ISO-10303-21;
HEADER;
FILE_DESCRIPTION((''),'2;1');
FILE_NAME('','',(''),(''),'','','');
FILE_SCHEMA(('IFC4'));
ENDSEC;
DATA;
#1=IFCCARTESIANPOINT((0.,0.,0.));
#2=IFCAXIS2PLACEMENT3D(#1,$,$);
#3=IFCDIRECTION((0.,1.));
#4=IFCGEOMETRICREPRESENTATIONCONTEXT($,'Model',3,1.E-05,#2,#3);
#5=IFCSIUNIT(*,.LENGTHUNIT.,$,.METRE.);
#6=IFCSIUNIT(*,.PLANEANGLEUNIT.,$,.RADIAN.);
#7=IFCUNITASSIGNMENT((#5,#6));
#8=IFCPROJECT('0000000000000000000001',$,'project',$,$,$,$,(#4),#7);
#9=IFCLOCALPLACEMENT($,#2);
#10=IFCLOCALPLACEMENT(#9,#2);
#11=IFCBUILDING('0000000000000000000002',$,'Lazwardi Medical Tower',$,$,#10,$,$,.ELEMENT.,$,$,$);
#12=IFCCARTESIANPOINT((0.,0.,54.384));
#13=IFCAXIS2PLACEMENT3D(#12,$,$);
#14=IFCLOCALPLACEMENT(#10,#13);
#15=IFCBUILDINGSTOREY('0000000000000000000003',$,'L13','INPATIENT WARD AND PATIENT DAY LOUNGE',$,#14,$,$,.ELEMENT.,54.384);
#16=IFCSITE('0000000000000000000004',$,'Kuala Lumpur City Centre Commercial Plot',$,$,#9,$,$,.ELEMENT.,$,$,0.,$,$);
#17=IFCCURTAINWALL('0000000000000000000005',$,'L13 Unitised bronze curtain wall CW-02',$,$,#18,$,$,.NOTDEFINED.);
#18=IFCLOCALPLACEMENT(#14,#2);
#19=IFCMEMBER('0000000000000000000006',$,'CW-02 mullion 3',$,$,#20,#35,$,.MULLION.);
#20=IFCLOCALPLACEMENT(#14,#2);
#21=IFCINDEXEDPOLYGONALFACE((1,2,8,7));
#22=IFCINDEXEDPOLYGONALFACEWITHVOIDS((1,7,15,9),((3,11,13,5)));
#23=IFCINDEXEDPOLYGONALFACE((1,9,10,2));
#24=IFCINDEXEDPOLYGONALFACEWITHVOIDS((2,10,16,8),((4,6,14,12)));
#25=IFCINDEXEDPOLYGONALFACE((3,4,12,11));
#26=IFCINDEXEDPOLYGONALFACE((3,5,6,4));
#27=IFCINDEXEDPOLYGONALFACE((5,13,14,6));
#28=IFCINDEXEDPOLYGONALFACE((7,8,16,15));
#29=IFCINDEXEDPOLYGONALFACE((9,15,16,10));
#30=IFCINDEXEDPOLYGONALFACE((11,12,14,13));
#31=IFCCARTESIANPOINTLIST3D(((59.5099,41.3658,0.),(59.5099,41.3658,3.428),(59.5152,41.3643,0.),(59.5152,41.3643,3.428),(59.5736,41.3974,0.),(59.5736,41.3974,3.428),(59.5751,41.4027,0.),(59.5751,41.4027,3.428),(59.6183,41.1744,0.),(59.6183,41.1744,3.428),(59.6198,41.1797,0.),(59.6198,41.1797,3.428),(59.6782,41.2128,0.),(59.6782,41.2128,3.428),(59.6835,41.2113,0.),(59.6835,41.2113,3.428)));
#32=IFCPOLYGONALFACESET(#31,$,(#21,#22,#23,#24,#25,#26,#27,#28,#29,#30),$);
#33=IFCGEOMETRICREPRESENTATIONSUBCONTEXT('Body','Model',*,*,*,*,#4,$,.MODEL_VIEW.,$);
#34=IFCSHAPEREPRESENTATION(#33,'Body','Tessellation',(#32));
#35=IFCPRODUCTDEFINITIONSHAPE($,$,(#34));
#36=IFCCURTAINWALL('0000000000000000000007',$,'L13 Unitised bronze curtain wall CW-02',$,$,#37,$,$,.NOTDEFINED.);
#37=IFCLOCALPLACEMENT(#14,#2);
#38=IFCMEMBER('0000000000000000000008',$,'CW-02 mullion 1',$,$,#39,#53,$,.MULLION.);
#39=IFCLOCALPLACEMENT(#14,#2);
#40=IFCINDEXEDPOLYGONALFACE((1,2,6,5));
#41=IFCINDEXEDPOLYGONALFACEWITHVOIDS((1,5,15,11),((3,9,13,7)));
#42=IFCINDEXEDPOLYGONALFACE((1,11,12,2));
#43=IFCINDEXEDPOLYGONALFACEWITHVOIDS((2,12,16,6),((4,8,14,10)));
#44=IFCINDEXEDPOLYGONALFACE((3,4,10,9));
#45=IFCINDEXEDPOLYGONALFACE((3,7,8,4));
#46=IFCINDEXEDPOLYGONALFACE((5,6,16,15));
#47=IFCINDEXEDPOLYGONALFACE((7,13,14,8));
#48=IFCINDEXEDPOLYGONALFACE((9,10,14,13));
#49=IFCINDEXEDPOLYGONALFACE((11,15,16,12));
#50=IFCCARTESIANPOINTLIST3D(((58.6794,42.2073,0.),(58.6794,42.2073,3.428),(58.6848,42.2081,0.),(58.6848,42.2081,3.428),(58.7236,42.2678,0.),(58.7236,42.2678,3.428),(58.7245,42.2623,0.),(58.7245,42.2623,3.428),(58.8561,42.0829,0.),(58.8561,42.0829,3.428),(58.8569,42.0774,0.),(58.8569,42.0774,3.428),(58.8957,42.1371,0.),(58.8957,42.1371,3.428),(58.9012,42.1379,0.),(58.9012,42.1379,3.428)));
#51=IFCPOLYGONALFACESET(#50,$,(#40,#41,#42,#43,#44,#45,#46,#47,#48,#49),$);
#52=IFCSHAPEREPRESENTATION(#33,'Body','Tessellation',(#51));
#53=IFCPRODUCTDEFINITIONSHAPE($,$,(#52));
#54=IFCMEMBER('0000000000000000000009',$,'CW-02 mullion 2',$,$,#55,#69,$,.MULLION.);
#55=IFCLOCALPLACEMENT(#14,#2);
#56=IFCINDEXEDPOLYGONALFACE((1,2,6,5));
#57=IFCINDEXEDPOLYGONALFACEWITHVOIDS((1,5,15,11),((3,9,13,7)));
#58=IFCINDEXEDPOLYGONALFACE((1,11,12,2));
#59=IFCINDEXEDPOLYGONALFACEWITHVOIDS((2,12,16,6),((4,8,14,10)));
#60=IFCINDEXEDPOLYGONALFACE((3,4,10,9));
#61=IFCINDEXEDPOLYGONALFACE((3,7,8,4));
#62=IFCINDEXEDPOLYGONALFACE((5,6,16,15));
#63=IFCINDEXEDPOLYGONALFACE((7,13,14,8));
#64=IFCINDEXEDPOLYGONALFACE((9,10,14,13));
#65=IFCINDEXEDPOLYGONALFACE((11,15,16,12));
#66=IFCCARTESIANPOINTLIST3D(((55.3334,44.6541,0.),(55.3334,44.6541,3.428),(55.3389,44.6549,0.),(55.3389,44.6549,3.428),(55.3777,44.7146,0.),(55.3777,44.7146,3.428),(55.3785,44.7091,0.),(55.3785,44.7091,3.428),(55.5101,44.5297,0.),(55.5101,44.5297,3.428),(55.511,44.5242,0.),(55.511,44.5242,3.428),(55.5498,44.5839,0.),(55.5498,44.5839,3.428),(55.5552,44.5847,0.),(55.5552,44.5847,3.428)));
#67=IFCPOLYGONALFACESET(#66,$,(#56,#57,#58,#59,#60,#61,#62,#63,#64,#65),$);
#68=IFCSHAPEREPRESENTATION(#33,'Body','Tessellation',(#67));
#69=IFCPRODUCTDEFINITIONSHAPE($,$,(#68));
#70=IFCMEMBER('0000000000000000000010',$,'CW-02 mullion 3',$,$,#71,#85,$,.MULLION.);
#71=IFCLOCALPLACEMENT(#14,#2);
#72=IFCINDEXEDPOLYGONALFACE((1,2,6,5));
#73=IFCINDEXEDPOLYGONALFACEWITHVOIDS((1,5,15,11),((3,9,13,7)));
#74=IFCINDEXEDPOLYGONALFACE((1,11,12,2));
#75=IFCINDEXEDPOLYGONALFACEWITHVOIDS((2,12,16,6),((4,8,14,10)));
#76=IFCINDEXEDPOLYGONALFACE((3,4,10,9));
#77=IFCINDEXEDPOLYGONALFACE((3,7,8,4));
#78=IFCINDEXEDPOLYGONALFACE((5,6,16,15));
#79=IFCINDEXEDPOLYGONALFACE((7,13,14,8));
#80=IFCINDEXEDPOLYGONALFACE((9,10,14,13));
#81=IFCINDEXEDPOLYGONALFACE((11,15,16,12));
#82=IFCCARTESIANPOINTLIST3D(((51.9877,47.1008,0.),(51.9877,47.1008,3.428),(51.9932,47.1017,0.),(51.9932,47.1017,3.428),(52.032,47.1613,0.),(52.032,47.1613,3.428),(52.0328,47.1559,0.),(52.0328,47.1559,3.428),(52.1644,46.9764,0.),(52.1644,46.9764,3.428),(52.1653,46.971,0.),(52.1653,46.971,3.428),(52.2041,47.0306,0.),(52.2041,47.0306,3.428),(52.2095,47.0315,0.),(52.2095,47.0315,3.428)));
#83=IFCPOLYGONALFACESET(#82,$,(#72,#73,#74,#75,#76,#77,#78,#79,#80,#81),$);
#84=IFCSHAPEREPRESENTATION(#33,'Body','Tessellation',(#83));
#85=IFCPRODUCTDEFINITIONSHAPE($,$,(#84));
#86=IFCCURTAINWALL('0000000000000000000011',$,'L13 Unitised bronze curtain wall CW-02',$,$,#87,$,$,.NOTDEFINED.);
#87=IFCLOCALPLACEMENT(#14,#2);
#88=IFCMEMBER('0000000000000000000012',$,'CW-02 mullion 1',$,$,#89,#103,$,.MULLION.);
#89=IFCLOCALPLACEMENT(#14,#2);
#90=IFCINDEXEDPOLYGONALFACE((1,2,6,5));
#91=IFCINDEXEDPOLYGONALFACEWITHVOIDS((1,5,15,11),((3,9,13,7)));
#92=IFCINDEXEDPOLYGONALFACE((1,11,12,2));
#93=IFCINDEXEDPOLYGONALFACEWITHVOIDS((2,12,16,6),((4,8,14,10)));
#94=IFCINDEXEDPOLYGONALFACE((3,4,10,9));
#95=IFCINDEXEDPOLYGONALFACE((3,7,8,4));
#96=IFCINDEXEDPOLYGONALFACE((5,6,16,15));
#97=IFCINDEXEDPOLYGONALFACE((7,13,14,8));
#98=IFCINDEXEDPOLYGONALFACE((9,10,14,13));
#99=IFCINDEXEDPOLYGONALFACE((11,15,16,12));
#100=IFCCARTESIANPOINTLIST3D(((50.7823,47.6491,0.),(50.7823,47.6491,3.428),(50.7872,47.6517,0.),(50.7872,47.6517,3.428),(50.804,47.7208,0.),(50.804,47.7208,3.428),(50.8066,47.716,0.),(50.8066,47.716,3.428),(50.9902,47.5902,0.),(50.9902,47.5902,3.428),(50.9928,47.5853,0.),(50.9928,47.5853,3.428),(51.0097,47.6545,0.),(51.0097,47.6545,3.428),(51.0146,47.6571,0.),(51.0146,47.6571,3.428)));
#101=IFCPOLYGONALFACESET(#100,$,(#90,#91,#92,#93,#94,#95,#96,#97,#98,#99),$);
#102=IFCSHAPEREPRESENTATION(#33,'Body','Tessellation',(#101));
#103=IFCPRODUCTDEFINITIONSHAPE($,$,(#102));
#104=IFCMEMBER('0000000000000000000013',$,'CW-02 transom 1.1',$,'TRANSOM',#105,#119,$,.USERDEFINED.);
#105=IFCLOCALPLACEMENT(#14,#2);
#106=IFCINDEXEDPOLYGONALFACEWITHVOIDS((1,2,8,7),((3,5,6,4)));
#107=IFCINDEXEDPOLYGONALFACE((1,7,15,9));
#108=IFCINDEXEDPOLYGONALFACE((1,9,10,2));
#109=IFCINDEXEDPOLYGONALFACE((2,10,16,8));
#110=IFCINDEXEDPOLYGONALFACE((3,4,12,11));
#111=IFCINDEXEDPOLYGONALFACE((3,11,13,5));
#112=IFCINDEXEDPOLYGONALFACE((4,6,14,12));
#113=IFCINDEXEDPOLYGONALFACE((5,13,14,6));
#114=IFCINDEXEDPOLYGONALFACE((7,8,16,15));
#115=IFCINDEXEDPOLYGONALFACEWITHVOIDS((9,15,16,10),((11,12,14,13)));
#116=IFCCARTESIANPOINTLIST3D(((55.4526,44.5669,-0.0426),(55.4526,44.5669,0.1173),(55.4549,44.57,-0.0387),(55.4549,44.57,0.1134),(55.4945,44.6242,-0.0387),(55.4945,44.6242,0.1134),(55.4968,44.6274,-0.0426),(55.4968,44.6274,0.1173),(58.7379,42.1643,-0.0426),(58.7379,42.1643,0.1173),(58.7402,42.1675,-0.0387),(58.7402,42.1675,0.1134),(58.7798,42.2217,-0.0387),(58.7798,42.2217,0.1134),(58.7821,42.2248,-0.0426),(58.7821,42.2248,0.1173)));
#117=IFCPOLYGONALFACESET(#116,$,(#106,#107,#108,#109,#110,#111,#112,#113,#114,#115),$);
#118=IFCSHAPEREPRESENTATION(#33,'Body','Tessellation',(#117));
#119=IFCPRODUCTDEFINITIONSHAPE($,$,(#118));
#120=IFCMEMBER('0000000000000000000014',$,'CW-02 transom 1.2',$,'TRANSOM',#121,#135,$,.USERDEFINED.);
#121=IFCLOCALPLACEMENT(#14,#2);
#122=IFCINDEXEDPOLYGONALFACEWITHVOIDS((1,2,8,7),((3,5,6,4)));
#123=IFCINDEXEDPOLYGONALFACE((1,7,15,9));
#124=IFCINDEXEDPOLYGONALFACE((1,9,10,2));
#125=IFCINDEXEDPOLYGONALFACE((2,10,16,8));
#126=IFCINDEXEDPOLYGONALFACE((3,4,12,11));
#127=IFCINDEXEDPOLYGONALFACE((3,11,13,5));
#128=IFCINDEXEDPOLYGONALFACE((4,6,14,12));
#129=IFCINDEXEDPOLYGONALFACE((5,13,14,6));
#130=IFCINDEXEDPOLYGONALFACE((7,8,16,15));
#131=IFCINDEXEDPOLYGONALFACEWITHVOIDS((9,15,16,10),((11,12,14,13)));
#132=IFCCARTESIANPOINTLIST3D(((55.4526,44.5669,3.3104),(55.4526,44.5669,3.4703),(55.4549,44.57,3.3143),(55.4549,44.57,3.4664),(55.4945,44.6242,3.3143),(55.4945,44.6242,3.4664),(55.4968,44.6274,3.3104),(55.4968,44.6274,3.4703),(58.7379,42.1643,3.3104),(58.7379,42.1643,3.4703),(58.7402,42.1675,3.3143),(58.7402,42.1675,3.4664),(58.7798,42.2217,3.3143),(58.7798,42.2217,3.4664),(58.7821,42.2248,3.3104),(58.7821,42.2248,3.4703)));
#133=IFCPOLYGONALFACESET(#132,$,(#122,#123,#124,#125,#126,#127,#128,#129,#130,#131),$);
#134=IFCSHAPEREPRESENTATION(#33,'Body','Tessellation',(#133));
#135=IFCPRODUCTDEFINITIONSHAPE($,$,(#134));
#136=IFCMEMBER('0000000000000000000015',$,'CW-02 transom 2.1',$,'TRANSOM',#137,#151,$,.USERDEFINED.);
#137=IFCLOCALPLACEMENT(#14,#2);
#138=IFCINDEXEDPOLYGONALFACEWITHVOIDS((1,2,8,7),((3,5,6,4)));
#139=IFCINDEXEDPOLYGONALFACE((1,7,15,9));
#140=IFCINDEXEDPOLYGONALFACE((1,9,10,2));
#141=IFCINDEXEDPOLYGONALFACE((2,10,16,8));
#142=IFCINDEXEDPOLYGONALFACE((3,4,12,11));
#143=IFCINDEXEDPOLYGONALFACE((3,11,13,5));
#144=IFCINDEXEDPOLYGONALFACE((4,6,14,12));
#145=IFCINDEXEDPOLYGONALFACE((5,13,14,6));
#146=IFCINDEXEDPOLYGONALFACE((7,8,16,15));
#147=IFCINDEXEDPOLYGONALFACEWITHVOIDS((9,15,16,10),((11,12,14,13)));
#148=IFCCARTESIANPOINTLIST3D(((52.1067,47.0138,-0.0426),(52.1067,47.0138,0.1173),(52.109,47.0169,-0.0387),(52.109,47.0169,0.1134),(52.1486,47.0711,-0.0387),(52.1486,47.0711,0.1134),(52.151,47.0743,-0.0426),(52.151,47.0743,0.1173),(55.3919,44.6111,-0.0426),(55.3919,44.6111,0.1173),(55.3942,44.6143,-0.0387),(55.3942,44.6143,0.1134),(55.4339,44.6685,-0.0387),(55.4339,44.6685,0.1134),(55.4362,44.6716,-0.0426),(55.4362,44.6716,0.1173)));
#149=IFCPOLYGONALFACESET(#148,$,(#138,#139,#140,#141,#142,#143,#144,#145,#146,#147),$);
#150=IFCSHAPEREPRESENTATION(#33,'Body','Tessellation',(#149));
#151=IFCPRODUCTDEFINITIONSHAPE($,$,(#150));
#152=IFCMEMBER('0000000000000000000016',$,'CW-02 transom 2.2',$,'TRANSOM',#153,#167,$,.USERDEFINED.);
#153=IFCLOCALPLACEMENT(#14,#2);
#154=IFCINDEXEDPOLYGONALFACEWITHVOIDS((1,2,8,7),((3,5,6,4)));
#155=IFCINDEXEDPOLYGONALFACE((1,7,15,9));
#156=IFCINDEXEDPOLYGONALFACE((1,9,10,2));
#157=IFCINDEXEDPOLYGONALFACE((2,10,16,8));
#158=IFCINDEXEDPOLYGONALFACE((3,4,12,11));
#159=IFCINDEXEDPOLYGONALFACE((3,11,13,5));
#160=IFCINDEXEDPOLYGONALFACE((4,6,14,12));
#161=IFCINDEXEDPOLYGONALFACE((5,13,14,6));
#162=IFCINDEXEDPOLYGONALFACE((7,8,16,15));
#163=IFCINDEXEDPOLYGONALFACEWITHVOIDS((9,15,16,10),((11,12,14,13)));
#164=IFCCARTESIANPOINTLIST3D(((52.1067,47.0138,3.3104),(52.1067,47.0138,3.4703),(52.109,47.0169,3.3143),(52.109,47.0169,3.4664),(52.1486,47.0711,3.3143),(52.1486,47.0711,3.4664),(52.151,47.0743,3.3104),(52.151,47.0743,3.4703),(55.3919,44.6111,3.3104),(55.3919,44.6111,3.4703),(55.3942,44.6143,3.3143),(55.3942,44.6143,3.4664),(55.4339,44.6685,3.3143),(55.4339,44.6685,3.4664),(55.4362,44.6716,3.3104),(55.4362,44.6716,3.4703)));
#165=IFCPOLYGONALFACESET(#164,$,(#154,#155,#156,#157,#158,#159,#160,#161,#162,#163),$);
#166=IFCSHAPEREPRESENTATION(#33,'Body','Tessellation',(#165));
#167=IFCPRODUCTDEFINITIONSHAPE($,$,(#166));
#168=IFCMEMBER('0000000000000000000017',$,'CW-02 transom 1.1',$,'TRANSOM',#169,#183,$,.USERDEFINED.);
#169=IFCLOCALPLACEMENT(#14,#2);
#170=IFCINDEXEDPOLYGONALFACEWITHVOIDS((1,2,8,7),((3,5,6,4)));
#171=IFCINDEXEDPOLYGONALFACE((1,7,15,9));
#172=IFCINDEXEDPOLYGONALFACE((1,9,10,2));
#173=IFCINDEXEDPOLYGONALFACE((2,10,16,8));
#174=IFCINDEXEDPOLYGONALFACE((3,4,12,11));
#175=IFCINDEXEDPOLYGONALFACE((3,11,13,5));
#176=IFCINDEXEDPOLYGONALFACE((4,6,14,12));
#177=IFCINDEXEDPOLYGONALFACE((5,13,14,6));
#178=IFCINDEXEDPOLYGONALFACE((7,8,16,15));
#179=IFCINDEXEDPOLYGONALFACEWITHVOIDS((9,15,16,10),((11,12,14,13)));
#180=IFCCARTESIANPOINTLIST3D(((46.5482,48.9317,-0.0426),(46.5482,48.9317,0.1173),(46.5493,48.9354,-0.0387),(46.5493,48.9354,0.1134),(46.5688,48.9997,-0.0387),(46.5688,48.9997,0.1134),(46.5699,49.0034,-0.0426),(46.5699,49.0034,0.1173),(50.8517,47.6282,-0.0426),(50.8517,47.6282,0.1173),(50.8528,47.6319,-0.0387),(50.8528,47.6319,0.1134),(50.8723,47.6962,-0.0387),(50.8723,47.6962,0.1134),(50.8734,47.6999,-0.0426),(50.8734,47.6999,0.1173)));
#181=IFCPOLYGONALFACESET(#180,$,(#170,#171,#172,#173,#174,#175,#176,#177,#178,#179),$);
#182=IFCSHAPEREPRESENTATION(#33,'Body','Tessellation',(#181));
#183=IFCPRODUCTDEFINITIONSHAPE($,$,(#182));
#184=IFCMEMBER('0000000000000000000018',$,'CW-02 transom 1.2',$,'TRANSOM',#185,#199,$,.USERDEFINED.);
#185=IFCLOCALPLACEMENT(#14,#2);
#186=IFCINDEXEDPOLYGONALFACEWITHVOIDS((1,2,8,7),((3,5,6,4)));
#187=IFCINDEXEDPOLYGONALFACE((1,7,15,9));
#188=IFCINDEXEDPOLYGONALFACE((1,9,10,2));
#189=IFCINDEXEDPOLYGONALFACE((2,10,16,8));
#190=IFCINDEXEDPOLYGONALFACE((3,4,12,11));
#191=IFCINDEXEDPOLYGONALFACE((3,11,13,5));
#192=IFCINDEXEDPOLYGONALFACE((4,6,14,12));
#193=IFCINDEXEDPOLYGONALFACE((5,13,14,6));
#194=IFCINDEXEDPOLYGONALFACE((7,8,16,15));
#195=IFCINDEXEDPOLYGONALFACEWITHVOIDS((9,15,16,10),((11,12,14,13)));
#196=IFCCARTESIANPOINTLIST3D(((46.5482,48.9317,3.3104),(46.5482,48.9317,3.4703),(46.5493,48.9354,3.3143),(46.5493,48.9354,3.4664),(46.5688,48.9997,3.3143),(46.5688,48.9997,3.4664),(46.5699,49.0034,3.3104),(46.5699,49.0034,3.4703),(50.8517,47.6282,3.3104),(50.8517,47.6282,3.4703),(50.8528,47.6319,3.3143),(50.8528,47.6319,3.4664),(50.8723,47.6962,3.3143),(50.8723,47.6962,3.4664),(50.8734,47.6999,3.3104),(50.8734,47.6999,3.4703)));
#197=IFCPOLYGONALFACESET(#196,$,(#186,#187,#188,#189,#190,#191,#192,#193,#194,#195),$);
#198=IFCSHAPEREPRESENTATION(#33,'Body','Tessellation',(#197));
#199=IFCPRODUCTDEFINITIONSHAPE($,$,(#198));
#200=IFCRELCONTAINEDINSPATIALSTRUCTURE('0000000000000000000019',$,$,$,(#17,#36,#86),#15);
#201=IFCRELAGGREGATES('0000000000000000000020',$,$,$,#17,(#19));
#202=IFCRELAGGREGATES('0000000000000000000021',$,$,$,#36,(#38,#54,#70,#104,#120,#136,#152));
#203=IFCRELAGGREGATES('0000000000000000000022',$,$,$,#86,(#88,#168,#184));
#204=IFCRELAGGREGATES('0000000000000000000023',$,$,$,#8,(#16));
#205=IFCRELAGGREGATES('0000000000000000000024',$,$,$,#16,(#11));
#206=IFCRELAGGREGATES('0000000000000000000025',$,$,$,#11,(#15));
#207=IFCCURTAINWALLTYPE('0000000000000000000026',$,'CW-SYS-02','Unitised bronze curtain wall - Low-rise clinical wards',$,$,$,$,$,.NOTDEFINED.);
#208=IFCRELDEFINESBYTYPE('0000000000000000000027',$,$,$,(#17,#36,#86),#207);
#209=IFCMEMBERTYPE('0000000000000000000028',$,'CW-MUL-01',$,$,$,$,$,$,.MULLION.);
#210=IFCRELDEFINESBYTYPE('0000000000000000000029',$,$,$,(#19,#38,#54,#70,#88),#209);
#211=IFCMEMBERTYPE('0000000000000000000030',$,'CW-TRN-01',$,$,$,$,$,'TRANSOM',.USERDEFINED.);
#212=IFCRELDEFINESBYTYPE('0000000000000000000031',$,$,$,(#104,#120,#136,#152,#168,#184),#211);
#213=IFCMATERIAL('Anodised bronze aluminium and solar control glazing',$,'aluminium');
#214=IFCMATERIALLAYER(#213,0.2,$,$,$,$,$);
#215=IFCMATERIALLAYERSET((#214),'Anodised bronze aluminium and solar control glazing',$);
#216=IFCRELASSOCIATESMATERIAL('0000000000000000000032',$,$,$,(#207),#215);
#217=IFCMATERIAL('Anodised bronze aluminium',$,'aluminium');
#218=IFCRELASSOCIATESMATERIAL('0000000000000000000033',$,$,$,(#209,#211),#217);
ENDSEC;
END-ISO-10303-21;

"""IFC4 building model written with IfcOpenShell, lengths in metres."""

from ifc_helpers import new_model, si_unit, direction, frame, origin, origin_2d, place, context, subcontext, project, spatial, hollow_rectangle, extrude, material, layer, layer_set, material_profile, profile_set, type_object, element, aggregate, save


model = new_model("IFC4")

# Units and contexts
model_context = context("Model", 3, precision=1e-05, world=origin(), true_north=direction((0.0, 1.0)))
body_context = subcontext(model_context, "Body", "Model", "MODEL_VIEW")
ifc_project = project(units=[si_unit("LENGTHUNIT", "METRE"), si_unit("PLANEANGLEUNIT", "RADIAN")], contexts=[model_context])

# Site, building, storey
site_placement = place(None, origin())
site = spatial("IfcSite", under=ifc_project, at=site_placement, Name="Kuala Lumpur City Centre Commercial Plot", CompositionType="ELEMENT", RefElevation=0.0)
building_placement = place(site_placement, origin())
building = spatial("IfcBuilding", under=site, at=building_placement, Name="Lazwardi Medical Tower", CompositionType="ELEMENT")
storey_placement = place(building_placement, frame((0.0, 0.0, 54.384)))
storey = spatial("IfcBuildingStorey", under=building, at=storey_placement, Name="L13", Description="INPATIENT WARD AND PATIENT DAY LOUNGE", CompositionType="ELEMENT", Elevation=54.384)

# Curtain wall, member
ifc_material_1 = material(Name="Anodised bronze aluminium and solar control glazing", Category="aluminium")
ifc_layer_1 = layer(ifc_material_1, 0.2)
ifc_layer_set_1 = layer_set([ifc_layer_1], Name="Anodised bronze aluminium and solar control glazing")
curtain_wall_type = type_object("IfcCurtainWallType", Name="CW-SYS-02", Description="Unitised bronze curtain wall - Low-rise clinical wards", PredefinedType="NOTDEFINED", material=ifc_layer_set_1)
curtain_wall_1_placement = place(storey_placement, origin())
curtain_wall_1 = element("IfcCurtainWall", 1, at=curtain_wall_1_placement, inside=storey, type_object=curtain_wall_type, Name="L13 Unitised bronze curtain wall CW-02", PredefinedType="NOTDEFINED")
ifc_material_2 = material(Name="Anodised bronze aluminium", Category="aluminium")
ifc_material_profile_1 = material_profile(ifc_material_2, hollow_rectangle(XDim=0.075, YDim=0.22, WallThickness=0.0039, at=origin_2d()), Name="ALU-MULLION 220x75x4")
ifc_profile_set_1 = profile_set([ifc_material_profile_1], Name="Anodised bronze aluminium")
member_type_1 = type_object("IfcMemberType", Name="CW-MUL-01", PredefinedType="MULLION", material=ifc_profile_set_1)
member_1_placement = place(storey_placement, frame((59.5967, 41.2886, 0.0), z_axis=(0.0, 0.0, 1.0), x_axis=(-0.870112, -0.492854, 0.0)))
member_1 = element("IfcMember", 2, at=member_1_placement, type_object=member_type_1, Name="CW-02 mullion 3", PredefinedType="MULLION", context=body_context, shape_type="SweptSolid", body=[
    extrude(hollow_rectangle(XDim=0.075, YDim=0.22, WallThickness=0.0039, at=origin_2d()), origin(), (0.0, 0.0, 1.0), 3.428),
])
aggregate(curtain_wall_1, [member_1])

# Curtain wall, members
curtain_wall_2_placement = place(storey_placement, origin())
curtain_wall_2 = element("IfcCurtainWall", 3, at=curtain_wall_2_placement, inside=storey, type_object=curtain_wall_type, Name="L13 Unitised bronze curtain wall CW-02", PredefinedType="NOTDEFINED")
member_2_placement = place(storey_placement, frame((58.7903, 42.1726, 0.0), z_axis=(0.0, 0.0, 1.0), x_axis=(-0.590289, -0.807192, 0.0)))
member_2 = element("IfcMember", 4, at=member_2_placement, type_object=member_type_1, Name="CW-02 mullion 1", PredefinedType="MULLION", context=body_context, shape_type="SweptSolid", body=[
    extrude(hollow_rectangle(XDim=0.075, YDim=0.22, WallThickness=0.0039, at=origin_2d()), origin(), (0.0, 0.0, 1.0), 3.428),
])
member_3_placement = place(storey_placement, frame((55.4443, 44.6194, 0.0), z_axis=(0.0, 0.0, 1.0), x_axis=(-0.590289, -0.807192, 0.0)))
member_3 = element("IfcMember", 5, at=member_3_placement, type_object=member_type_1, Name="CW-02 mullion 2", PredefinedType="MULLION", context=body_context, shape_type="SweptSolid", body=[
    extrude(hollow_rectangle(XDim=0.075, YDim=0.22, WallThickness=0.0039, at=origin_2d()), origin(), (0.0, 0.0, 1.0), 3.428),
])
member_4_placement = place(storey_placement, frame((52.0986, 47.0662, 0.0), z_axis=(0.0, 0.0, 1.0), x_axis=(-0.590289, -0.807192, 0.0)))
member_4 = element("IfcMember", 6, at=member_4_placement, type_object=member_type_1, Name="CW-02 mullion 3", PredefinedType="MULLION", context=body_context, shape_type="SweptSolid", body=[
    extrude(hollow_rectangle(XDim=0.075, YDim=0.22, WallThickness=0.0039, at=origin_2d()), origin(), (0.0, 0.0, 1.0), 3.428),
])

# Curtain wall, member
curtain_wall_3_placement = place(storey_placement, origin())
curtain_wall_3 = element("IfcCurtainWall", 7, at=curtain_wall_3_placement, inside=storey, type_object=curtain_wall_type, Name="L13 Unitised bronze curtain wall CW-02", PredefinedType="NOTDEFINED")
member_5_placement = place(storey_placement, frame((50.8984, 47.6531, 0.0), z_axis=(0.0, 0.0, 1.0), x_axis=(-0.289896, -0.957058, 0.0)))
member_5 = element("IfcMember", 8, at=member_5_placement, type_object=member_type_1, Name="CW-02 mullion 1", PredefinedType="MULLION", context=body_context, shape_type="SweptSolid", body=[
    extrude(hollow_rectangle(XDim=0.075, YDim=0.22, WallThickness=0.0039, at=origin_2d()), origin(), (0.0, 0.0, 1.0), 3.428),
])

# Members
ifc_material_profile_2 = material_profile(ifc_material_2, hollow_rectangle(XDim=0.075, YDim=0.1599, WallThickness=0.0039, at=origin_2d()), Name="ALU-TRANSOM 160x75x4")
ifc_profile_set_2 = profile_set([ifc_material_profile_2], Name="Anodised bronze aluminium")
member_type_2 = type_object("IfcMemberType", Name="CW-TRN-01", ElementType="TRANSOM", PredefinedType="USERDEFINED", material=ifc_profile_set_2)
member_6_placement = place(storey_placement, frame((58.76, 42.1946, 0.0374), z_axis=(-0.80719, 0.590292, 0.0), x_axis=(-0.590292, -0.80719, 0.0)))
member_6 = element("IfcMember", 9, at=member_6_placement, type_object=member_type_2, Name="CW-02 transom 1.1", ObjectType="TRANSOM", PredefinedType="USERDEFINED", context=body_context, shape_type="SweptSolid", body=[
    extrude(hollow_rectangle(XDim=0.075, YDim=0.1599, WallThickness=0.0039, at=origin_2d()), origin(), (0.0, 0.0, 1.0), 4.0701),
])
member_7_placement = place(storey_placement, frame((58.76, 42.1946, 3.3904), z_axis=(-0.80719, 0.590292, 0.0), x_axis=(-0.590292, -0.80719, 0.0)))
member_7 = element("IfcMember", 10, at=member_7_placement, type_object=member_type_2, Name="CW-02 transom 1.2", ObjectType="TRANSOM", PredefinedType="USERDEFINED", context=body_context, shape_type="SweptSolid", body=[
    extrude(hollow_rectangle(XDim=0.075, YDim=0.1599, WallThickness=0.0039, at=origin_2d()), origin(), (0.0, 0.0, 1.0), 4.0701),
])
member_8_placement = place(storey_placement, frame((55.4141, 44.6414, 0.0374), z_axis=(-0.807169, 0.59032, 0.0), x_axis=(-0.59032, -0.807169, 0.0)))
member_8 = element("IfcMember", 11, at=member_8_placement, type_object=member_type_2, Name="CW-02 transom 2.1", ObjectType="TRANSOM", PredefinedType="USERDEFINED", context=body_context, shape_type="SweptSolid", body=[
    extrude(hollow_rectangle(XDim=0.075, YDim=0.1599, WallThickness=0.0039, at=origin_2d()), origin(), (0.0, 0.0, 1.0), 4.0701),
])
member_9_placement = place(storey_placement, frame((55.4141, 44.6414, 3.3904), z_axis=(-0.807169, 0.59032, 0.0), x_axis=(-0.59032, -0.807169, 0.0)))
member_9 = element("IfcMember", 12, at=member_9_placement, type_object=member_type_2, Name="CW-02 transom 2.2", ObjectType="TRANSOM", PredefinedType="USERDEFINED", context=body_context, shape_type="SweptSolid", body=[
    extrude(hollow_rectangle(XDim=0.075, YDim=0.1599, WallThickness=0.0039, at=origin_2d()), origin(), (0.0, 0.0, 1.0), 4.0701),
])
member_10_placement = place(storey_placement, frame((50.8625, 47.6641, 0.0374), z_axis=(-0.957062, 0.289882, 0.0), x_axis=(-0.289882, -0.957062, 0.0)))
member_10 = element("IfcMember", 13, at=member_10_placement, type_object=member_type_2, Name="CW-02 transom 1.1", ObjectType="TRANSOM", PredefinedType="USERDEFINED", context=body_context, shape_type="SweptSolid", body=[
    extrude(hollow_rectangle(XDim=0.075, YDim=0.1599, WallThickness=0.0039, at=origin_2d()), origin(), (0.0, 0.0, 1.0), 4.4966),
])
member_11_placement = place(storey_placement, frame((50.8625, 47.6641, 3.3904), z_axis=(-0.957062, 0.289882, 0.0), x_axis=(-0.289882, -0.957062, 0.0)))
member_11 = element("IfcMember", 14, at=member_11_placement, type_object=member_type_2, Name="CW-02 transom 1.2", ObjectType="TRANSOM", PredefinedType="USERDEFINED", context=body_context, shape_type="SweptSolid", body=[
    extrude(hollow_rectangle(XDim=0.075, YDim=0.1599, WallThickness=0.0039, at=origin_2d()), origin(), (0.0, 0.0, 1.0), 4.4966),
])

aggregate(curtain_wall_2, [member_2, member_3, member_4, member_6, member_7, member_8, member_9])
aggregate(curtain_wall_3, [member_5, member_10, member_11])

save(model, "model.ifc")
